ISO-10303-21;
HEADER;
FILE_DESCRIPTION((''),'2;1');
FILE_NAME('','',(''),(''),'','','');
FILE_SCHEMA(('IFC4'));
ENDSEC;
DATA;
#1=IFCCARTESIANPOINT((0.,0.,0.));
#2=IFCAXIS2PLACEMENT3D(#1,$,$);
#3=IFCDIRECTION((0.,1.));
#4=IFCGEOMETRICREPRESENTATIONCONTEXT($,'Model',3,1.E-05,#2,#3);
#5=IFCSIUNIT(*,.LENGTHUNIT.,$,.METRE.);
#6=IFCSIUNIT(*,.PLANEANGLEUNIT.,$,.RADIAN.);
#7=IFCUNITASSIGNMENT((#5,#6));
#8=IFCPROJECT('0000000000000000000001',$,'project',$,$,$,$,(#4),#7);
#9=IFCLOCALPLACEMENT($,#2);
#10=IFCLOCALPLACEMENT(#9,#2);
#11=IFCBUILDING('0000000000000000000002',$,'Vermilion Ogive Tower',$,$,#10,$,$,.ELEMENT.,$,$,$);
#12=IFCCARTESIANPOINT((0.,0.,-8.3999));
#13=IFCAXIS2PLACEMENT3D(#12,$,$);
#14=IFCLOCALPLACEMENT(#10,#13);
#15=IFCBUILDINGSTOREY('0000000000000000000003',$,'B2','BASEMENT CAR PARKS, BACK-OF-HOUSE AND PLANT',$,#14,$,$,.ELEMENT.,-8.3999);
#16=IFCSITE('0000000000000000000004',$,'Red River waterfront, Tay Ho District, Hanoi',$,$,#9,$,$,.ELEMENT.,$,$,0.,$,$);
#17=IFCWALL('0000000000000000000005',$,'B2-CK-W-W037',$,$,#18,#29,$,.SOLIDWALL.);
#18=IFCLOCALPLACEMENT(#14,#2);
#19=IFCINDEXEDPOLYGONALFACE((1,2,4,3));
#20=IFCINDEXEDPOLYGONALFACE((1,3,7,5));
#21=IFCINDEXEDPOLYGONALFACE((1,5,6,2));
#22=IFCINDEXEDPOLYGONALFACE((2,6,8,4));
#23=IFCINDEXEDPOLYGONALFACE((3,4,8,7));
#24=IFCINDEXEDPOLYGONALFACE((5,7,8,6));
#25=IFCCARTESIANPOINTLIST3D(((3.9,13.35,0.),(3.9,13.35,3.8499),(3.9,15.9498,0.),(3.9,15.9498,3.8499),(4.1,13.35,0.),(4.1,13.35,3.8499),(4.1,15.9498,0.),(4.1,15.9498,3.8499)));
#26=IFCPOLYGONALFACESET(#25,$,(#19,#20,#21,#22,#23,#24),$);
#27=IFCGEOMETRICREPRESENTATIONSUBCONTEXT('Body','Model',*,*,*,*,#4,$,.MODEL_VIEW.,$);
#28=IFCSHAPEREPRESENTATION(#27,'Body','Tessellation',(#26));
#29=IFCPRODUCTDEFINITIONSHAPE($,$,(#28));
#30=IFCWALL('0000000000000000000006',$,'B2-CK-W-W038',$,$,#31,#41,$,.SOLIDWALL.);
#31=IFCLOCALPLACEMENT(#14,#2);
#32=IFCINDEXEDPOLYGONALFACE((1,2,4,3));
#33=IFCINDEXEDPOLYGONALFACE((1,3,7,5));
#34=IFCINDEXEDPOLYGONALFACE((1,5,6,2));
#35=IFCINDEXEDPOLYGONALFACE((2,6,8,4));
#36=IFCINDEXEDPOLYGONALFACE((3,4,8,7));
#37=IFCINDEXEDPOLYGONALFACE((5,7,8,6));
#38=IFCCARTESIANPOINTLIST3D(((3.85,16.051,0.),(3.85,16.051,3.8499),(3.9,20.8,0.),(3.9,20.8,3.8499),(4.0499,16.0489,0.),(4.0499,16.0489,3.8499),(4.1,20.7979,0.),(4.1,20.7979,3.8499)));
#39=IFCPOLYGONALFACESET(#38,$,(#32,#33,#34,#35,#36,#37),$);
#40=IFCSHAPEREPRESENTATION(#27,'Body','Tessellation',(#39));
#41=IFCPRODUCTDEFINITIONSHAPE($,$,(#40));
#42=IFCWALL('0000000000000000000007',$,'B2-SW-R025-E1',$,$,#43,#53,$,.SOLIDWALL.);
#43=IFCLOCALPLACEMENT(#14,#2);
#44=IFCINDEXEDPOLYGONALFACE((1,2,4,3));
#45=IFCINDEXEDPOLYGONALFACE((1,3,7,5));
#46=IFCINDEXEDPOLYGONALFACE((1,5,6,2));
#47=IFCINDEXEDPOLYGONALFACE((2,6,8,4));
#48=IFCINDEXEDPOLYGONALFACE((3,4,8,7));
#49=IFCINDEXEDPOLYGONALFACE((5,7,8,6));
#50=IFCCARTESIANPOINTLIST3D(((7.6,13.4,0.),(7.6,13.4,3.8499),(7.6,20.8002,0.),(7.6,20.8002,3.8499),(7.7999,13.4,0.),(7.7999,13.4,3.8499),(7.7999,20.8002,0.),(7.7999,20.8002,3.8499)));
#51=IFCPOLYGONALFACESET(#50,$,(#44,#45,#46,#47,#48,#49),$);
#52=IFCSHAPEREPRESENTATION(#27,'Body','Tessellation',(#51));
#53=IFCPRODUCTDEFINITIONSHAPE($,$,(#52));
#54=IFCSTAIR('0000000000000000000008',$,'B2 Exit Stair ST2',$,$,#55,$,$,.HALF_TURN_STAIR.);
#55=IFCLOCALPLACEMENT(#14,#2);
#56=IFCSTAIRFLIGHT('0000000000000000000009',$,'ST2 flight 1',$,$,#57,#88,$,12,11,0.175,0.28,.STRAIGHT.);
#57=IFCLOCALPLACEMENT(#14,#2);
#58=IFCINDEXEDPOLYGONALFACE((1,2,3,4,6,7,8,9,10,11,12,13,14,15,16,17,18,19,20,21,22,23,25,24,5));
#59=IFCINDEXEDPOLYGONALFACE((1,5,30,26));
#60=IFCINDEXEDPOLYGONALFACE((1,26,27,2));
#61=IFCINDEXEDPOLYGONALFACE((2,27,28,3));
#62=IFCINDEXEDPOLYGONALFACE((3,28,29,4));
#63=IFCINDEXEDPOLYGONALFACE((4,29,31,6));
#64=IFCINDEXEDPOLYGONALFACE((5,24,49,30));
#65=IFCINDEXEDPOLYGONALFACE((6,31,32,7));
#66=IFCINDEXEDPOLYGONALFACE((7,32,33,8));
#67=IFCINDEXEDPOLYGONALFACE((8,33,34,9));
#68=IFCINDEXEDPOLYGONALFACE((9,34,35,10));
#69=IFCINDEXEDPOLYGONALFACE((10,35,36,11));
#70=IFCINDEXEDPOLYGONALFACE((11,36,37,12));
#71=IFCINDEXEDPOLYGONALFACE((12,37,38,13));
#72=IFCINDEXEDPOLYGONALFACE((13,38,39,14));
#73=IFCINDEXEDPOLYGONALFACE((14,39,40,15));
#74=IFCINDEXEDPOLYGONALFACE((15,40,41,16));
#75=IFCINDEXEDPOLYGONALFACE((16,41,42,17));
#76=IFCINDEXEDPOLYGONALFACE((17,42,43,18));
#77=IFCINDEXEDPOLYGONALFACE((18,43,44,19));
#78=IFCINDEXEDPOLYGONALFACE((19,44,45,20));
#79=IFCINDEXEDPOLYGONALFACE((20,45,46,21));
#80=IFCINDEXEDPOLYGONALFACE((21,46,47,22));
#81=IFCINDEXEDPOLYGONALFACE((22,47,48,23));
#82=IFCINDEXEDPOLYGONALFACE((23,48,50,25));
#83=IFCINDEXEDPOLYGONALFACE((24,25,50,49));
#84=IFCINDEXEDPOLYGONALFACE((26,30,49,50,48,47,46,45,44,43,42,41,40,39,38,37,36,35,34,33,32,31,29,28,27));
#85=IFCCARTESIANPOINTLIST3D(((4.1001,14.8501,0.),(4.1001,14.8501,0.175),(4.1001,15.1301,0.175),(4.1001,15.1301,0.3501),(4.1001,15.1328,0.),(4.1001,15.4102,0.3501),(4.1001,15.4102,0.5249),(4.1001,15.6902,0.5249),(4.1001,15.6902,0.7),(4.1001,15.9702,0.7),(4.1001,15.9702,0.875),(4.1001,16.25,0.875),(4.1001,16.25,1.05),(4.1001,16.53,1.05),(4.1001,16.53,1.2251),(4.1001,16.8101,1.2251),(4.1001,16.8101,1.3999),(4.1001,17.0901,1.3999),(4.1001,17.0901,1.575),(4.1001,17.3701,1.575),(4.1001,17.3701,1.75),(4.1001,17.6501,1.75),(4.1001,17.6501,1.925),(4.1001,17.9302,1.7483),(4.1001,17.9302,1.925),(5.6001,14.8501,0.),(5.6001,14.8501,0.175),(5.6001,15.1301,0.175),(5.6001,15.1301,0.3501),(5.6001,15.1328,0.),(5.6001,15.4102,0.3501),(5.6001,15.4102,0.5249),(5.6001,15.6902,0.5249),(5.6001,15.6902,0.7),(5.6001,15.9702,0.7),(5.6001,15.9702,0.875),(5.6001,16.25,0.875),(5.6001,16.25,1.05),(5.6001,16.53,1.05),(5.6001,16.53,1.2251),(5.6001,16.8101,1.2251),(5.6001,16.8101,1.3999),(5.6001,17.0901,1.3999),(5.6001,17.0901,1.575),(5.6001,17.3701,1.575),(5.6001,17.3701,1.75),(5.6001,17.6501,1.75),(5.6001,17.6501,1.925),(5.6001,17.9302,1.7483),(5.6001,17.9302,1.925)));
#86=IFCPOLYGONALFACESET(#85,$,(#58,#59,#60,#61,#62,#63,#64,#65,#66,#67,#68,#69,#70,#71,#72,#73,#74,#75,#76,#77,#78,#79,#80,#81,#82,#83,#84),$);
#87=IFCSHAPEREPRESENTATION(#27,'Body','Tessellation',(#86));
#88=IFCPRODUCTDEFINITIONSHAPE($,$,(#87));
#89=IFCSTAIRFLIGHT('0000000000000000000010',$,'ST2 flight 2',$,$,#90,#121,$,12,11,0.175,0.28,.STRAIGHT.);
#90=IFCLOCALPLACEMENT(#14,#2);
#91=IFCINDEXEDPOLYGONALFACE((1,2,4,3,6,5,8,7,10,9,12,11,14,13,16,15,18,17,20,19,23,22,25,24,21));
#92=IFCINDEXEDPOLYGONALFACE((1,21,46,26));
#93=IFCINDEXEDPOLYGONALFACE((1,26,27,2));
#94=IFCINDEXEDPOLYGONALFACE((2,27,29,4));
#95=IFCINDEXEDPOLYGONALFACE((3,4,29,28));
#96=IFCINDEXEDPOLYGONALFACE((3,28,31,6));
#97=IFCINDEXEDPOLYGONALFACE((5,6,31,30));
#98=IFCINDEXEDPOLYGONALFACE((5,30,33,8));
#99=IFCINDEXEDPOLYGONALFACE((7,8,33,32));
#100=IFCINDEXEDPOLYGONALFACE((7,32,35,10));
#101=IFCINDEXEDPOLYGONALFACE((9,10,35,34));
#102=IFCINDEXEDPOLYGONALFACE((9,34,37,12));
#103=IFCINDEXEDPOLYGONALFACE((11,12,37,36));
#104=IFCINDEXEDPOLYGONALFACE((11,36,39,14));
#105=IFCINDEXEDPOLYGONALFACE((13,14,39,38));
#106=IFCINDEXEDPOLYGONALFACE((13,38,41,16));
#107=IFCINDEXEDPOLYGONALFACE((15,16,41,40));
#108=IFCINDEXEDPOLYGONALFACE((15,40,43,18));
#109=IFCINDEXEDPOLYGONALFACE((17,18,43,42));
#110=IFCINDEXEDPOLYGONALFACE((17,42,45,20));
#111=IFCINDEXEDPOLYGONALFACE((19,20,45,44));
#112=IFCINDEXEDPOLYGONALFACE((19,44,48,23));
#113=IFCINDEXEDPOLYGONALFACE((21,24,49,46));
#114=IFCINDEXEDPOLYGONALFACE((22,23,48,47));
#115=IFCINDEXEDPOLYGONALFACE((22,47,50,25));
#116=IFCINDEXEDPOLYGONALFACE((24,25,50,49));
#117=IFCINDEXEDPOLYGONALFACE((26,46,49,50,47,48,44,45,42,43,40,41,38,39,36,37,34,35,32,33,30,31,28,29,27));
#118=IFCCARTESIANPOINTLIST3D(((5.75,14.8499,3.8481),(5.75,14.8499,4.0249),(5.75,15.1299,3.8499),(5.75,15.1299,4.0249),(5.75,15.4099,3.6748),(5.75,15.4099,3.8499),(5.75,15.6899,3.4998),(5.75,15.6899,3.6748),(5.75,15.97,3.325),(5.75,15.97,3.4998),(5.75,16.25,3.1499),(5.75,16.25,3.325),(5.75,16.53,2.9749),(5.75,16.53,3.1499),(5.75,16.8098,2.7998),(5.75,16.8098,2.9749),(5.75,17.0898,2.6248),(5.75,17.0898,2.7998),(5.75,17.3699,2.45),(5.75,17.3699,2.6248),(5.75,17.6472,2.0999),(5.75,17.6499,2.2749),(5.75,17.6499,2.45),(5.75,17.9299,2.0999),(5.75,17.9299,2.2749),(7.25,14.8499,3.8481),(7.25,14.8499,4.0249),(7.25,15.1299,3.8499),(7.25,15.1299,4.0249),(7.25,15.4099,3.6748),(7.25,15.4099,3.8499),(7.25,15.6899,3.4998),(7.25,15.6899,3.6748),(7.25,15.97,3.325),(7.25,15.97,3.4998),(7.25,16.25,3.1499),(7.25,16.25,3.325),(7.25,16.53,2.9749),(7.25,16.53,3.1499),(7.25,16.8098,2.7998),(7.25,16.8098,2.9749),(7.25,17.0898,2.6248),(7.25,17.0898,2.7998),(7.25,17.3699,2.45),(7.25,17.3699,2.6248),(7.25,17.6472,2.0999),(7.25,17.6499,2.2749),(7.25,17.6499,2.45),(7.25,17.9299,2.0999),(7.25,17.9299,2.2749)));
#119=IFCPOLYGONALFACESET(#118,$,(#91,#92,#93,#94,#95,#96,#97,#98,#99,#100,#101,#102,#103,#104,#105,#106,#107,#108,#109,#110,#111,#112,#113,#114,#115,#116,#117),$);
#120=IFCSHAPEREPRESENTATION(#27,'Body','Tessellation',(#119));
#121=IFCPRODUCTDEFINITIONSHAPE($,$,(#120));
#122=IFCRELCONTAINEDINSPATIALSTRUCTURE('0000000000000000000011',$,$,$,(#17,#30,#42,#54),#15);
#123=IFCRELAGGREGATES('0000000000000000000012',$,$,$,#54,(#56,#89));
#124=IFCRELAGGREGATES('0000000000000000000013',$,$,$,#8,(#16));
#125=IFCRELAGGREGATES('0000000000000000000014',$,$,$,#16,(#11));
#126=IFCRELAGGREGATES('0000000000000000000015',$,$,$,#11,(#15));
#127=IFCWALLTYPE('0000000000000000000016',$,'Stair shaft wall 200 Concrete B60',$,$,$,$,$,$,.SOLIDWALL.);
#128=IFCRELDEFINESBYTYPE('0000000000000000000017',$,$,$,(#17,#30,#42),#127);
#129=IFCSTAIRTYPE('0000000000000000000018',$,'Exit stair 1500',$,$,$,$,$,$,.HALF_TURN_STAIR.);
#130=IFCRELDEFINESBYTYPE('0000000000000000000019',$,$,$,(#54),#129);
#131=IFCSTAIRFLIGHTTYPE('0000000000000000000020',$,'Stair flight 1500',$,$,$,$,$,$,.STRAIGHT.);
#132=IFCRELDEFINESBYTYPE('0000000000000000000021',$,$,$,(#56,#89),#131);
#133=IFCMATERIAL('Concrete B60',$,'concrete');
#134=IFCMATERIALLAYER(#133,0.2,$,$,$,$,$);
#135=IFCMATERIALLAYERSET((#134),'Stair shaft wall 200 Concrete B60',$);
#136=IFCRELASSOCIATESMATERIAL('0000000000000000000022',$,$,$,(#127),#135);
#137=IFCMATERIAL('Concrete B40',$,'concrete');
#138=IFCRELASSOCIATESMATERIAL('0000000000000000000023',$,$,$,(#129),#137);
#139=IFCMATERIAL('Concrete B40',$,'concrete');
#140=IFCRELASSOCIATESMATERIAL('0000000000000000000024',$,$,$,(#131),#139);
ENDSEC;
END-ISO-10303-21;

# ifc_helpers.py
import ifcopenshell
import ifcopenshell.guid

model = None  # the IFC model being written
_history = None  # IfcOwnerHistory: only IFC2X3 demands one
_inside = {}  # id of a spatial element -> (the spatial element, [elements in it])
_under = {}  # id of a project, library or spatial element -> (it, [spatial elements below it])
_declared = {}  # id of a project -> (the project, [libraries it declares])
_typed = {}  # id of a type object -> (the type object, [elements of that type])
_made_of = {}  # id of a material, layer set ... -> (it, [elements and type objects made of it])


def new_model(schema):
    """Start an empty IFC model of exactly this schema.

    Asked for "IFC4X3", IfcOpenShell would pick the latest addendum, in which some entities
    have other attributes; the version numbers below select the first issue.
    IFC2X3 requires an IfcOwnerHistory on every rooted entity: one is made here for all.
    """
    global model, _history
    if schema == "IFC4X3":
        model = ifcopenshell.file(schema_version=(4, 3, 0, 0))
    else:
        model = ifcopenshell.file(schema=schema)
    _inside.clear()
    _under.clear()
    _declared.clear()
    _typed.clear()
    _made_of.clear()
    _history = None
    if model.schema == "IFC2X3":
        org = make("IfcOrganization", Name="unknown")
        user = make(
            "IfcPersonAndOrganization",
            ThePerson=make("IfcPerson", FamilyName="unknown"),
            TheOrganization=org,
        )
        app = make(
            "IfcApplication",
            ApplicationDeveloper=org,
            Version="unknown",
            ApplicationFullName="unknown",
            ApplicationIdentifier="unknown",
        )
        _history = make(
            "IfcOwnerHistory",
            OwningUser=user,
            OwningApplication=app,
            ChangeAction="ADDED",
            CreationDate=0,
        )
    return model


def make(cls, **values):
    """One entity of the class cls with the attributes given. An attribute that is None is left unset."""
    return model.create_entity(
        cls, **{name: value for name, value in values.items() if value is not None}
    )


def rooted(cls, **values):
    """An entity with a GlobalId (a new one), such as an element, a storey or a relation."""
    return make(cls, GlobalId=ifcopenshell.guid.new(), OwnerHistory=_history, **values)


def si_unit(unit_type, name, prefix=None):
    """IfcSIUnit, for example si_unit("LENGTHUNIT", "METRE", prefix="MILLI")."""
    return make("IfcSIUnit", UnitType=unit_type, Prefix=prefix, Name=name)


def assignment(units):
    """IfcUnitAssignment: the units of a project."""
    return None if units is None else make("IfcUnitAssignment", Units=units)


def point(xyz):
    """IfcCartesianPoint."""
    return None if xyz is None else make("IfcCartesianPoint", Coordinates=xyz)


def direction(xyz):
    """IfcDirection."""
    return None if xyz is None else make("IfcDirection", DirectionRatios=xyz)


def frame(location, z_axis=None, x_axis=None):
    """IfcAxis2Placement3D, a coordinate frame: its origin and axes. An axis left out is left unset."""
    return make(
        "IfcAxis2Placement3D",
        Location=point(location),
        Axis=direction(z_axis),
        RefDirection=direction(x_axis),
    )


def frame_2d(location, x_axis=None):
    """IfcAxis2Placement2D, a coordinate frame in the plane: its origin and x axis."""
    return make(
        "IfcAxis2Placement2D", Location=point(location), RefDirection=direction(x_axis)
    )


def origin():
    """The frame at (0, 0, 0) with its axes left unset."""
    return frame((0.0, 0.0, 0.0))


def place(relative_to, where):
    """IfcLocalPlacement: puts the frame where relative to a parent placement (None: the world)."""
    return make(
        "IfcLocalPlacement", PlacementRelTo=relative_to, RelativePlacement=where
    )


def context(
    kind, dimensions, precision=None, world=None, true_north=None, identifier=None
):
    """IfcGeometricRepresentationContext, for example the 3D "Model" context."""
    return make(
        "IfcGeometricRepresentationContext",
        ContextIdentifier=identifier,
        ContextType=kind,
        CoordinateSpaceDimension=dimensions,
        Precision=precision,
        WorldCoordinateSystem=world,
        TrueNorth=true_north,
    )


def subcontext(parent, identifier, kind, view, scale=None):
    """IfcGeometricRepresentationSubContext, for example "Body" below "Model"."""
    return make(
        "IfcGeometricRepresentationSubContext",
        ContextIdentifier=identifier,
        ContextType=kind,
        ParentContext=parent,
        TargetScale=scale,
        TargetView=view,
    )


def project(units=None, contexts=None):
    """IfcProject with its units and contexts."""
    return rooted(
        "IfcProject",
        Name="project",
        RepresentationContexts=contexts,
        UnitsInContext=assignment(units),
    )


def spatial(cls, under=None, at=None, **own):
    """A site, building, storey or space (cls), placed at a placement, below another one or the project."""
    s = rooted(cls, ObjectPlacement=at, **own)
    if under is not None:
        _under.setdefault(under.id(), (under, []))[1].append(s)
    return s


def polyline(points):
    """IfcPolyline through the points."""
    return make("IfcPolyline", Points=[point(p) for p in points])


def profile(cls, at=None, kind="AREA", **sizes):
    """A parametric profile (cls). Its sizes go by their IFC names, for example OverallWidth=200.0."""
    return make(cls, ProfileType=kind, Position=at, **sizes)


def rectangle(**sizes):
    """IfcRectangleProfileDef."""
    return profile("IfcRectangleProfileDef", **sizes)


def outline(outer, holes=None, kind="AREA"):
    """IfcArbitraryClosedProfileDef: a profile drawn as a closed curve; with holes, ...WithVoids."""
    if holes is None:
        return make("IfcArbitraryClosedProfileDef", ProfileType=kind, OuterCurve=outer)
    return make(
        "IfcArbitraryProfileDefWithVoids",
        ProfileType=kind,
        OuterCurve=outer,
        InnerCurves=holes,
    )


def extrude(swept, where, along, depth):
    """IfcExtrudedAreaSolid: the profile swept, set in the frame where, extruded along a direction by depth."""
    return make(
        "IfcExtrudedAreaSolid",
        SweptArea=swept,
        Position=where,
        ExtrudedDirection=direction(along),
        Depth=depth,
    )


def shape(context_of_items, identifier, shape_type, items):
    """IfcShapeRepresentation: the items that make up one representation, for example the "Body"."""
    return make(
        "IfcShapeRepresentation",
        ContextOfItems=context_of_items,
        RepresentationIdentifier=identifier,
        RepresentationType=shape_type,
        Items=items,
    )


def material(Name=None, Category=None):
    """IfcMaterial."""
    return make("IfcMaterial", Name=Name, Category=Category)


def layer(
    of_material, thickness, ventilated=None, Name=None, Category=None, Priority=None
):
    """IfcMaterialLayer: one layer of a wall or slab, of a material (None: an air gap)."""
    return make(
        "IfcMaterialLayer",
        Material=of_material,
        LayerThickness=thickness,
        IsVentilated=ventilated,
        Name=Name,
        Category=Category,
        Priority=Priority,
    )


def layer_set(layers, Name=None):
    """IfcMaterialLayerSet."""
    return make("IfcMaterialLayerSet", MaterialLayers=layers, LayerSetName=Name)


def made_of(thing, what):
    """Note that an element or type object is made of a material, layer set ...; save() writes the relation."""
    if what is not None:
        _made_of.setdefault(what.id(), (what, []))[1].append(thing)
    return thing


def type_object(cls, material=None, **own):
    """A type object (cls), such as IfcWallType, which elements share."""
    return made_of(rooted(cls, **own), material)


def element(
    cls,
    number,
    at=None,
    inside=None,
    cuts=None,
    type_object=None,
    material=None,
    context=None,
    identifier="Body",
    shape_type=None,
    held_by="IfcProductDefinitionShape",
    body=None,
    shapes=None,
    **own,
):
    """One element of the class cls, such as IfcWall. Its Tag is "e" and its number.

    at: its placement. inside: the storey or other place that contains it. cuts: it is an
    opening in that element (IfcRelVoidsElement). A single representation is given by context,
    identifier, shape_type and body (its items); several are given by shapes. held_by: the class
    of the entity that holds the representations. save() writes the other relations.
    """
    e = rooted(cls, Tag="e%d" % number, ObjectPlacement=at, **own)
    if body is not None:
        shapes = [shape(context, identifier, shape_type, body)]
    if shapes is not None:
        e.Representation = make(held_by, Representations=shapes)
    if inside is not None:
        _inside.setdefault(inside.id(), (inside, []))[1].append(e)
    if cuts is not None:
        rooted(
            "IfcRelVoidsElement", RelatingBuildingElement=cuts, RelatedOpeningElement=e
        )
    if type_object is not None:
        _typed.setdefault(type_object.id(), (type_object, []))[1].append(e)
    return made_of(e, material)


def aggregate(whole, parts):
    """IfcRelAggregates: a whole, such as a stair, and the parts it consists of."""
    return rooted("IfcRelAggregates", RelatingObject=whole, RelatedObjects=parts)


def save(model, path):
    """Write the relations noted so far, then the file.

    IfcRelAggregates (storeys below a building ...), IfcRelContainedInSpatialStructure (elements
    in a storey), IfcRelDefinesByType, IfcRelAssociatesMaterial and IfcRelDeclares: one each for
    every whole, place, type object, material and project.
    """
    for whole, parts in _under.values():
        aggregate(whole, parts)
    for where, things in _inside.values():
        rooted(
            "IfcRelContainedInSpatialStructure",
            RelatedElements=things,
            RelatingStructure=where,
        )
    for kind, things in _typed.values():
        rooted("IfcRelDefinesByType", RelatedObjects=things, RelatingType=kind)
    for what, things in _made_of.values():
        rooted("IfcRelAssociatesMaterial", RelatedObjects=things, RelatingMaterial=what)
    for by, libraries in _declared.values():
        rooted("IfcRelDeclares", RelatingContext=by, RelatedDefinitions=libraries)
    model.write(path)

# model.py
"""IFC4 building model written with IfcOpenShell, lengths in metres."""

from ifc_helpers import new_model, si_unit, direction, frame, frame_2d, origin, place, context, subcontext, project, spatial, polyline, rectangle, outline, extrude, material, layer, layer_set, type_object, element, aggregate, save


model = new_model("IFC4")

# Units and contexts
model_context = context("Model", 3, precision=1e-05, world=origin(), true_north=direction((0.0, 1.0)))
body_context = subcontext(model_context, "Body", "Model", "MODEL_VIEW")
ifc_project = project(units=[si_unit("LENGTHUNIT", "METRE"), si_unit("PLANEANGLEUNIT", "RADIAN")], contexts=[model_context])

# Site, building, storey
site_placement = place(None, origin())
site = spatial("IfcSite", under=ifc_project, at=site_placement, Name="Red River waterfront, Tay Ho District, Hanoi", CompositionType="ELEMENT", RefElevation=0.0)
building_placement = place(site_placement, origin())
building = spatial("IfcBuilding", under=site, at=building_placement, Name="Vermilion Ogive Tower", CompositionType="ELEMENT")
storey_placement = place(building_placement, frame((0.0, 0.0, -8.3999)))
storey = spatial("IfcBuildingStorey", under=building, at=storey_placement, Name="B2", Description="BASEMENT CAR PARKS, BACK-OF-HOUSE AND PLANT", CompositionType="ELEMENT", Elevation=-8.3999)

# Shared definitions
ifc_material_1 = material(Name="Concrete B60", Category="concrete")
ifc_layer_1 = layer(ifc_material_1, 0.2)
ifc_layer_set_1 = layer_set([ifc_layer_1], Name="Stair shaft wall 200 Concrete B60")
wall_type_1 = type_object("IfcWallType", Name="Stair shaft wall 200 Concrete B60", PredefinedType="SOLIDWALL", material=ifc_layer_set_1)

# Walls
wall_1_placement = place(storey_placement, frame((4.0, 13.3501, 0.0), z_axis=(0.0, 0.0, 1.0), x_axis=(0.0, 1.0, 0.0)))
element("IfcWall", 1, at=wall_1_placement, inside=storey, type_object=wall_type_1, Name="B2-CK-W-W037", PredefinedType="SOLIDWALL", context=body_context, shape_type="SweptSolid", body=[
    extrude(rectangle(XDim=2.5999, YDim=0.2, at=frame_2d((1.2998, 0.0))), origin(), (0.0, 0.0, 1.0), 3.8499),
])
wall_2_placement = place(storey_placement, frame((3.95, 16.05, 0.0), z_axis=(0.0, 0.0, 1.0), x_axis=(0.010538, 0.999944, 0.0)))
element("IfcWall", 2, at=wall_2_placement, inside=storey, type_object=wall_type_1, Name="B2-CK-W-W038", PredefinedType="SOLIDWALL", context=body_context, shape_type="SweptSolid", body=[
    extrude(rectangle(XDim=4.7493, YDim=0.2, at=frame_2d((2.3745, 0.0))), origin(), (0.0, 0.0, 1.0), 3.8499),
])
wall_3_placement = place(storey_placement, frame((7.7, 13.3999, 0.0), z_axis=(0.0, 0.0, 1.0), x_axis=(0.0, 1.0, 0.0)))
element("IfcWall", 3, at=wall_3_placement, inside=storey, type_object=wall_type_1, Name="B2-SW-R025-E1", PredefinedType="SOLIDWALL", context=body_context, shape_type="SweptSolid", body=[
    extrude(rectangle(XDim=7.4001, YDim=0.2, at=frame_2d((3.7002, 0.0))), origin(), (0.0, 0.0, 1.0), 3.8499),
])

# Stair, stair flights
ifc_material_2 = material(Name="Concrete B40", Category="concrete")
stair_type = type_object("IfcStairType", Name="Exit stair 1500", PredefinedType="HALF_TURN_STAIR", material=ifc_material_2)
stair_placement = place(storey_placement, origin())
stair = element("IfcStair", 4, at=stair_placement, inside=storey, type_object=stair_type, Name="B2 Exit Stair ST2", PredefinedType="HALF_TURN_STAIR")
ifc_material_3 = material(Name="Concrete B40", Category="concrete")
stair_flight_type = type_object("IfcStairFlightType", Name="Stair flight 1500", PredefinedType="STRAIGHT", material=ifc_material_3)
stair_flight_1_placement = place(storey_placement, frame((4.8501, 14.8501, 0.0), z_axis=(0.0, 0.0, 1.0), x_axis=(0.0, 1.0, 0.0)))
stair_flight_1 = element("IfcStairFlight", 5, at=stair_flight_1_placement, type_object=stair_flight_type, Name="ST2 flight 1", NumberOfRisers=12, NumberOfTreads=11, PredefinedType="STRAIGHT", RiserHeight=0.175, TreadLength=0.28, context=body_context, shape_type="SweptSolid", body=[
    extrude(outline(polyline([(0.0, 0.0), (0.0, 0.175), (0.28, 0.175), (0.28, 0.3501), (0.5601, 0.3501), (0.5601, 0.5249), (0.8401, 0.5249), (0.8401, 0.7), (1.1201, 0.7), (1.1201, 0.875), (1.3999, 0.875), (1.3999, 1.05), (1.6799, 1.05), (1.6799, 1.2251), (1.96, 1.2251), (1.96, 1.3999), (2.24, 1.3999), (2.24, 1.575), (2.52, 1.575), (2.52, 1.75), (2.8, 1.75), (2.8, 1.925), (3.0801, 1.925), (3.0801, 2.1001), (3.0801, 1.7483), (0.2827, 0.0), (0.0, 0.0)])), frame((0.0, 0.75, 0.0), z_axis=(0.0, -1.0, 0.0), x_axis=(1.0, 0.0, 0.0)), (0.0, 0.0, 1.0), 1.5),
])
stair_flight_2_placement = place(storey_placement, frame((6.5, 17.9299, 2.0999), z_axis=(0.0, 0.0, 1.0), x_axis=(0.0, -1.0, 0.0)))
stair_flight_2 = element("IfcStairFlight", 6, at=stair_flight_2_placement, type_object=stair_flight_type, Name="ST2 flight 2", NumberOfRisers=12, NumberOfTreads=11, PredefinedType="STRAIGHT", RiserHeight=0.175, TreadLength=0.28, context=body_context, shape_type="SweptSolid", body=[
    extrude(outline(polyline([(0.0, 0.0), (0.0, 0.175), (0.28, 0.175), (0.28, 0.3501), (0.5601, 0.3501), (0.5601, 0.5249), (0.8401, 0.5249), (0.8401, 0.7), (1.1201, 0.7), (1.1201, 0.875), (1.3999, 0.875), (1.3999, 1.05), (1.6799, 1.05), (1.6799, 1.2251), (1.96, 1.2251), (1.96, 1.3999), (2.24, 1.3999), (2.24, 1.575), (2.52, 1.575), (2.52, 1.75), (2.8, 1.75), (2.8, 1.925), (3.0801, 1.925), (3.0801, 2.1001), (3.0801, 1.7483), (0.2827, 0.0), (0.0, 0.0)])), frame((0.0, 0.75, 0.0), z_axis=(0.0, -1.0, 0.0), x_axis=(1.0, 0.0, 0.0)), (0.0, 0.0, 1.0), 1.5),
])
aggregate(stair, [stair_flight_1, stair_flight_2])

save(model, "model.ifc")
